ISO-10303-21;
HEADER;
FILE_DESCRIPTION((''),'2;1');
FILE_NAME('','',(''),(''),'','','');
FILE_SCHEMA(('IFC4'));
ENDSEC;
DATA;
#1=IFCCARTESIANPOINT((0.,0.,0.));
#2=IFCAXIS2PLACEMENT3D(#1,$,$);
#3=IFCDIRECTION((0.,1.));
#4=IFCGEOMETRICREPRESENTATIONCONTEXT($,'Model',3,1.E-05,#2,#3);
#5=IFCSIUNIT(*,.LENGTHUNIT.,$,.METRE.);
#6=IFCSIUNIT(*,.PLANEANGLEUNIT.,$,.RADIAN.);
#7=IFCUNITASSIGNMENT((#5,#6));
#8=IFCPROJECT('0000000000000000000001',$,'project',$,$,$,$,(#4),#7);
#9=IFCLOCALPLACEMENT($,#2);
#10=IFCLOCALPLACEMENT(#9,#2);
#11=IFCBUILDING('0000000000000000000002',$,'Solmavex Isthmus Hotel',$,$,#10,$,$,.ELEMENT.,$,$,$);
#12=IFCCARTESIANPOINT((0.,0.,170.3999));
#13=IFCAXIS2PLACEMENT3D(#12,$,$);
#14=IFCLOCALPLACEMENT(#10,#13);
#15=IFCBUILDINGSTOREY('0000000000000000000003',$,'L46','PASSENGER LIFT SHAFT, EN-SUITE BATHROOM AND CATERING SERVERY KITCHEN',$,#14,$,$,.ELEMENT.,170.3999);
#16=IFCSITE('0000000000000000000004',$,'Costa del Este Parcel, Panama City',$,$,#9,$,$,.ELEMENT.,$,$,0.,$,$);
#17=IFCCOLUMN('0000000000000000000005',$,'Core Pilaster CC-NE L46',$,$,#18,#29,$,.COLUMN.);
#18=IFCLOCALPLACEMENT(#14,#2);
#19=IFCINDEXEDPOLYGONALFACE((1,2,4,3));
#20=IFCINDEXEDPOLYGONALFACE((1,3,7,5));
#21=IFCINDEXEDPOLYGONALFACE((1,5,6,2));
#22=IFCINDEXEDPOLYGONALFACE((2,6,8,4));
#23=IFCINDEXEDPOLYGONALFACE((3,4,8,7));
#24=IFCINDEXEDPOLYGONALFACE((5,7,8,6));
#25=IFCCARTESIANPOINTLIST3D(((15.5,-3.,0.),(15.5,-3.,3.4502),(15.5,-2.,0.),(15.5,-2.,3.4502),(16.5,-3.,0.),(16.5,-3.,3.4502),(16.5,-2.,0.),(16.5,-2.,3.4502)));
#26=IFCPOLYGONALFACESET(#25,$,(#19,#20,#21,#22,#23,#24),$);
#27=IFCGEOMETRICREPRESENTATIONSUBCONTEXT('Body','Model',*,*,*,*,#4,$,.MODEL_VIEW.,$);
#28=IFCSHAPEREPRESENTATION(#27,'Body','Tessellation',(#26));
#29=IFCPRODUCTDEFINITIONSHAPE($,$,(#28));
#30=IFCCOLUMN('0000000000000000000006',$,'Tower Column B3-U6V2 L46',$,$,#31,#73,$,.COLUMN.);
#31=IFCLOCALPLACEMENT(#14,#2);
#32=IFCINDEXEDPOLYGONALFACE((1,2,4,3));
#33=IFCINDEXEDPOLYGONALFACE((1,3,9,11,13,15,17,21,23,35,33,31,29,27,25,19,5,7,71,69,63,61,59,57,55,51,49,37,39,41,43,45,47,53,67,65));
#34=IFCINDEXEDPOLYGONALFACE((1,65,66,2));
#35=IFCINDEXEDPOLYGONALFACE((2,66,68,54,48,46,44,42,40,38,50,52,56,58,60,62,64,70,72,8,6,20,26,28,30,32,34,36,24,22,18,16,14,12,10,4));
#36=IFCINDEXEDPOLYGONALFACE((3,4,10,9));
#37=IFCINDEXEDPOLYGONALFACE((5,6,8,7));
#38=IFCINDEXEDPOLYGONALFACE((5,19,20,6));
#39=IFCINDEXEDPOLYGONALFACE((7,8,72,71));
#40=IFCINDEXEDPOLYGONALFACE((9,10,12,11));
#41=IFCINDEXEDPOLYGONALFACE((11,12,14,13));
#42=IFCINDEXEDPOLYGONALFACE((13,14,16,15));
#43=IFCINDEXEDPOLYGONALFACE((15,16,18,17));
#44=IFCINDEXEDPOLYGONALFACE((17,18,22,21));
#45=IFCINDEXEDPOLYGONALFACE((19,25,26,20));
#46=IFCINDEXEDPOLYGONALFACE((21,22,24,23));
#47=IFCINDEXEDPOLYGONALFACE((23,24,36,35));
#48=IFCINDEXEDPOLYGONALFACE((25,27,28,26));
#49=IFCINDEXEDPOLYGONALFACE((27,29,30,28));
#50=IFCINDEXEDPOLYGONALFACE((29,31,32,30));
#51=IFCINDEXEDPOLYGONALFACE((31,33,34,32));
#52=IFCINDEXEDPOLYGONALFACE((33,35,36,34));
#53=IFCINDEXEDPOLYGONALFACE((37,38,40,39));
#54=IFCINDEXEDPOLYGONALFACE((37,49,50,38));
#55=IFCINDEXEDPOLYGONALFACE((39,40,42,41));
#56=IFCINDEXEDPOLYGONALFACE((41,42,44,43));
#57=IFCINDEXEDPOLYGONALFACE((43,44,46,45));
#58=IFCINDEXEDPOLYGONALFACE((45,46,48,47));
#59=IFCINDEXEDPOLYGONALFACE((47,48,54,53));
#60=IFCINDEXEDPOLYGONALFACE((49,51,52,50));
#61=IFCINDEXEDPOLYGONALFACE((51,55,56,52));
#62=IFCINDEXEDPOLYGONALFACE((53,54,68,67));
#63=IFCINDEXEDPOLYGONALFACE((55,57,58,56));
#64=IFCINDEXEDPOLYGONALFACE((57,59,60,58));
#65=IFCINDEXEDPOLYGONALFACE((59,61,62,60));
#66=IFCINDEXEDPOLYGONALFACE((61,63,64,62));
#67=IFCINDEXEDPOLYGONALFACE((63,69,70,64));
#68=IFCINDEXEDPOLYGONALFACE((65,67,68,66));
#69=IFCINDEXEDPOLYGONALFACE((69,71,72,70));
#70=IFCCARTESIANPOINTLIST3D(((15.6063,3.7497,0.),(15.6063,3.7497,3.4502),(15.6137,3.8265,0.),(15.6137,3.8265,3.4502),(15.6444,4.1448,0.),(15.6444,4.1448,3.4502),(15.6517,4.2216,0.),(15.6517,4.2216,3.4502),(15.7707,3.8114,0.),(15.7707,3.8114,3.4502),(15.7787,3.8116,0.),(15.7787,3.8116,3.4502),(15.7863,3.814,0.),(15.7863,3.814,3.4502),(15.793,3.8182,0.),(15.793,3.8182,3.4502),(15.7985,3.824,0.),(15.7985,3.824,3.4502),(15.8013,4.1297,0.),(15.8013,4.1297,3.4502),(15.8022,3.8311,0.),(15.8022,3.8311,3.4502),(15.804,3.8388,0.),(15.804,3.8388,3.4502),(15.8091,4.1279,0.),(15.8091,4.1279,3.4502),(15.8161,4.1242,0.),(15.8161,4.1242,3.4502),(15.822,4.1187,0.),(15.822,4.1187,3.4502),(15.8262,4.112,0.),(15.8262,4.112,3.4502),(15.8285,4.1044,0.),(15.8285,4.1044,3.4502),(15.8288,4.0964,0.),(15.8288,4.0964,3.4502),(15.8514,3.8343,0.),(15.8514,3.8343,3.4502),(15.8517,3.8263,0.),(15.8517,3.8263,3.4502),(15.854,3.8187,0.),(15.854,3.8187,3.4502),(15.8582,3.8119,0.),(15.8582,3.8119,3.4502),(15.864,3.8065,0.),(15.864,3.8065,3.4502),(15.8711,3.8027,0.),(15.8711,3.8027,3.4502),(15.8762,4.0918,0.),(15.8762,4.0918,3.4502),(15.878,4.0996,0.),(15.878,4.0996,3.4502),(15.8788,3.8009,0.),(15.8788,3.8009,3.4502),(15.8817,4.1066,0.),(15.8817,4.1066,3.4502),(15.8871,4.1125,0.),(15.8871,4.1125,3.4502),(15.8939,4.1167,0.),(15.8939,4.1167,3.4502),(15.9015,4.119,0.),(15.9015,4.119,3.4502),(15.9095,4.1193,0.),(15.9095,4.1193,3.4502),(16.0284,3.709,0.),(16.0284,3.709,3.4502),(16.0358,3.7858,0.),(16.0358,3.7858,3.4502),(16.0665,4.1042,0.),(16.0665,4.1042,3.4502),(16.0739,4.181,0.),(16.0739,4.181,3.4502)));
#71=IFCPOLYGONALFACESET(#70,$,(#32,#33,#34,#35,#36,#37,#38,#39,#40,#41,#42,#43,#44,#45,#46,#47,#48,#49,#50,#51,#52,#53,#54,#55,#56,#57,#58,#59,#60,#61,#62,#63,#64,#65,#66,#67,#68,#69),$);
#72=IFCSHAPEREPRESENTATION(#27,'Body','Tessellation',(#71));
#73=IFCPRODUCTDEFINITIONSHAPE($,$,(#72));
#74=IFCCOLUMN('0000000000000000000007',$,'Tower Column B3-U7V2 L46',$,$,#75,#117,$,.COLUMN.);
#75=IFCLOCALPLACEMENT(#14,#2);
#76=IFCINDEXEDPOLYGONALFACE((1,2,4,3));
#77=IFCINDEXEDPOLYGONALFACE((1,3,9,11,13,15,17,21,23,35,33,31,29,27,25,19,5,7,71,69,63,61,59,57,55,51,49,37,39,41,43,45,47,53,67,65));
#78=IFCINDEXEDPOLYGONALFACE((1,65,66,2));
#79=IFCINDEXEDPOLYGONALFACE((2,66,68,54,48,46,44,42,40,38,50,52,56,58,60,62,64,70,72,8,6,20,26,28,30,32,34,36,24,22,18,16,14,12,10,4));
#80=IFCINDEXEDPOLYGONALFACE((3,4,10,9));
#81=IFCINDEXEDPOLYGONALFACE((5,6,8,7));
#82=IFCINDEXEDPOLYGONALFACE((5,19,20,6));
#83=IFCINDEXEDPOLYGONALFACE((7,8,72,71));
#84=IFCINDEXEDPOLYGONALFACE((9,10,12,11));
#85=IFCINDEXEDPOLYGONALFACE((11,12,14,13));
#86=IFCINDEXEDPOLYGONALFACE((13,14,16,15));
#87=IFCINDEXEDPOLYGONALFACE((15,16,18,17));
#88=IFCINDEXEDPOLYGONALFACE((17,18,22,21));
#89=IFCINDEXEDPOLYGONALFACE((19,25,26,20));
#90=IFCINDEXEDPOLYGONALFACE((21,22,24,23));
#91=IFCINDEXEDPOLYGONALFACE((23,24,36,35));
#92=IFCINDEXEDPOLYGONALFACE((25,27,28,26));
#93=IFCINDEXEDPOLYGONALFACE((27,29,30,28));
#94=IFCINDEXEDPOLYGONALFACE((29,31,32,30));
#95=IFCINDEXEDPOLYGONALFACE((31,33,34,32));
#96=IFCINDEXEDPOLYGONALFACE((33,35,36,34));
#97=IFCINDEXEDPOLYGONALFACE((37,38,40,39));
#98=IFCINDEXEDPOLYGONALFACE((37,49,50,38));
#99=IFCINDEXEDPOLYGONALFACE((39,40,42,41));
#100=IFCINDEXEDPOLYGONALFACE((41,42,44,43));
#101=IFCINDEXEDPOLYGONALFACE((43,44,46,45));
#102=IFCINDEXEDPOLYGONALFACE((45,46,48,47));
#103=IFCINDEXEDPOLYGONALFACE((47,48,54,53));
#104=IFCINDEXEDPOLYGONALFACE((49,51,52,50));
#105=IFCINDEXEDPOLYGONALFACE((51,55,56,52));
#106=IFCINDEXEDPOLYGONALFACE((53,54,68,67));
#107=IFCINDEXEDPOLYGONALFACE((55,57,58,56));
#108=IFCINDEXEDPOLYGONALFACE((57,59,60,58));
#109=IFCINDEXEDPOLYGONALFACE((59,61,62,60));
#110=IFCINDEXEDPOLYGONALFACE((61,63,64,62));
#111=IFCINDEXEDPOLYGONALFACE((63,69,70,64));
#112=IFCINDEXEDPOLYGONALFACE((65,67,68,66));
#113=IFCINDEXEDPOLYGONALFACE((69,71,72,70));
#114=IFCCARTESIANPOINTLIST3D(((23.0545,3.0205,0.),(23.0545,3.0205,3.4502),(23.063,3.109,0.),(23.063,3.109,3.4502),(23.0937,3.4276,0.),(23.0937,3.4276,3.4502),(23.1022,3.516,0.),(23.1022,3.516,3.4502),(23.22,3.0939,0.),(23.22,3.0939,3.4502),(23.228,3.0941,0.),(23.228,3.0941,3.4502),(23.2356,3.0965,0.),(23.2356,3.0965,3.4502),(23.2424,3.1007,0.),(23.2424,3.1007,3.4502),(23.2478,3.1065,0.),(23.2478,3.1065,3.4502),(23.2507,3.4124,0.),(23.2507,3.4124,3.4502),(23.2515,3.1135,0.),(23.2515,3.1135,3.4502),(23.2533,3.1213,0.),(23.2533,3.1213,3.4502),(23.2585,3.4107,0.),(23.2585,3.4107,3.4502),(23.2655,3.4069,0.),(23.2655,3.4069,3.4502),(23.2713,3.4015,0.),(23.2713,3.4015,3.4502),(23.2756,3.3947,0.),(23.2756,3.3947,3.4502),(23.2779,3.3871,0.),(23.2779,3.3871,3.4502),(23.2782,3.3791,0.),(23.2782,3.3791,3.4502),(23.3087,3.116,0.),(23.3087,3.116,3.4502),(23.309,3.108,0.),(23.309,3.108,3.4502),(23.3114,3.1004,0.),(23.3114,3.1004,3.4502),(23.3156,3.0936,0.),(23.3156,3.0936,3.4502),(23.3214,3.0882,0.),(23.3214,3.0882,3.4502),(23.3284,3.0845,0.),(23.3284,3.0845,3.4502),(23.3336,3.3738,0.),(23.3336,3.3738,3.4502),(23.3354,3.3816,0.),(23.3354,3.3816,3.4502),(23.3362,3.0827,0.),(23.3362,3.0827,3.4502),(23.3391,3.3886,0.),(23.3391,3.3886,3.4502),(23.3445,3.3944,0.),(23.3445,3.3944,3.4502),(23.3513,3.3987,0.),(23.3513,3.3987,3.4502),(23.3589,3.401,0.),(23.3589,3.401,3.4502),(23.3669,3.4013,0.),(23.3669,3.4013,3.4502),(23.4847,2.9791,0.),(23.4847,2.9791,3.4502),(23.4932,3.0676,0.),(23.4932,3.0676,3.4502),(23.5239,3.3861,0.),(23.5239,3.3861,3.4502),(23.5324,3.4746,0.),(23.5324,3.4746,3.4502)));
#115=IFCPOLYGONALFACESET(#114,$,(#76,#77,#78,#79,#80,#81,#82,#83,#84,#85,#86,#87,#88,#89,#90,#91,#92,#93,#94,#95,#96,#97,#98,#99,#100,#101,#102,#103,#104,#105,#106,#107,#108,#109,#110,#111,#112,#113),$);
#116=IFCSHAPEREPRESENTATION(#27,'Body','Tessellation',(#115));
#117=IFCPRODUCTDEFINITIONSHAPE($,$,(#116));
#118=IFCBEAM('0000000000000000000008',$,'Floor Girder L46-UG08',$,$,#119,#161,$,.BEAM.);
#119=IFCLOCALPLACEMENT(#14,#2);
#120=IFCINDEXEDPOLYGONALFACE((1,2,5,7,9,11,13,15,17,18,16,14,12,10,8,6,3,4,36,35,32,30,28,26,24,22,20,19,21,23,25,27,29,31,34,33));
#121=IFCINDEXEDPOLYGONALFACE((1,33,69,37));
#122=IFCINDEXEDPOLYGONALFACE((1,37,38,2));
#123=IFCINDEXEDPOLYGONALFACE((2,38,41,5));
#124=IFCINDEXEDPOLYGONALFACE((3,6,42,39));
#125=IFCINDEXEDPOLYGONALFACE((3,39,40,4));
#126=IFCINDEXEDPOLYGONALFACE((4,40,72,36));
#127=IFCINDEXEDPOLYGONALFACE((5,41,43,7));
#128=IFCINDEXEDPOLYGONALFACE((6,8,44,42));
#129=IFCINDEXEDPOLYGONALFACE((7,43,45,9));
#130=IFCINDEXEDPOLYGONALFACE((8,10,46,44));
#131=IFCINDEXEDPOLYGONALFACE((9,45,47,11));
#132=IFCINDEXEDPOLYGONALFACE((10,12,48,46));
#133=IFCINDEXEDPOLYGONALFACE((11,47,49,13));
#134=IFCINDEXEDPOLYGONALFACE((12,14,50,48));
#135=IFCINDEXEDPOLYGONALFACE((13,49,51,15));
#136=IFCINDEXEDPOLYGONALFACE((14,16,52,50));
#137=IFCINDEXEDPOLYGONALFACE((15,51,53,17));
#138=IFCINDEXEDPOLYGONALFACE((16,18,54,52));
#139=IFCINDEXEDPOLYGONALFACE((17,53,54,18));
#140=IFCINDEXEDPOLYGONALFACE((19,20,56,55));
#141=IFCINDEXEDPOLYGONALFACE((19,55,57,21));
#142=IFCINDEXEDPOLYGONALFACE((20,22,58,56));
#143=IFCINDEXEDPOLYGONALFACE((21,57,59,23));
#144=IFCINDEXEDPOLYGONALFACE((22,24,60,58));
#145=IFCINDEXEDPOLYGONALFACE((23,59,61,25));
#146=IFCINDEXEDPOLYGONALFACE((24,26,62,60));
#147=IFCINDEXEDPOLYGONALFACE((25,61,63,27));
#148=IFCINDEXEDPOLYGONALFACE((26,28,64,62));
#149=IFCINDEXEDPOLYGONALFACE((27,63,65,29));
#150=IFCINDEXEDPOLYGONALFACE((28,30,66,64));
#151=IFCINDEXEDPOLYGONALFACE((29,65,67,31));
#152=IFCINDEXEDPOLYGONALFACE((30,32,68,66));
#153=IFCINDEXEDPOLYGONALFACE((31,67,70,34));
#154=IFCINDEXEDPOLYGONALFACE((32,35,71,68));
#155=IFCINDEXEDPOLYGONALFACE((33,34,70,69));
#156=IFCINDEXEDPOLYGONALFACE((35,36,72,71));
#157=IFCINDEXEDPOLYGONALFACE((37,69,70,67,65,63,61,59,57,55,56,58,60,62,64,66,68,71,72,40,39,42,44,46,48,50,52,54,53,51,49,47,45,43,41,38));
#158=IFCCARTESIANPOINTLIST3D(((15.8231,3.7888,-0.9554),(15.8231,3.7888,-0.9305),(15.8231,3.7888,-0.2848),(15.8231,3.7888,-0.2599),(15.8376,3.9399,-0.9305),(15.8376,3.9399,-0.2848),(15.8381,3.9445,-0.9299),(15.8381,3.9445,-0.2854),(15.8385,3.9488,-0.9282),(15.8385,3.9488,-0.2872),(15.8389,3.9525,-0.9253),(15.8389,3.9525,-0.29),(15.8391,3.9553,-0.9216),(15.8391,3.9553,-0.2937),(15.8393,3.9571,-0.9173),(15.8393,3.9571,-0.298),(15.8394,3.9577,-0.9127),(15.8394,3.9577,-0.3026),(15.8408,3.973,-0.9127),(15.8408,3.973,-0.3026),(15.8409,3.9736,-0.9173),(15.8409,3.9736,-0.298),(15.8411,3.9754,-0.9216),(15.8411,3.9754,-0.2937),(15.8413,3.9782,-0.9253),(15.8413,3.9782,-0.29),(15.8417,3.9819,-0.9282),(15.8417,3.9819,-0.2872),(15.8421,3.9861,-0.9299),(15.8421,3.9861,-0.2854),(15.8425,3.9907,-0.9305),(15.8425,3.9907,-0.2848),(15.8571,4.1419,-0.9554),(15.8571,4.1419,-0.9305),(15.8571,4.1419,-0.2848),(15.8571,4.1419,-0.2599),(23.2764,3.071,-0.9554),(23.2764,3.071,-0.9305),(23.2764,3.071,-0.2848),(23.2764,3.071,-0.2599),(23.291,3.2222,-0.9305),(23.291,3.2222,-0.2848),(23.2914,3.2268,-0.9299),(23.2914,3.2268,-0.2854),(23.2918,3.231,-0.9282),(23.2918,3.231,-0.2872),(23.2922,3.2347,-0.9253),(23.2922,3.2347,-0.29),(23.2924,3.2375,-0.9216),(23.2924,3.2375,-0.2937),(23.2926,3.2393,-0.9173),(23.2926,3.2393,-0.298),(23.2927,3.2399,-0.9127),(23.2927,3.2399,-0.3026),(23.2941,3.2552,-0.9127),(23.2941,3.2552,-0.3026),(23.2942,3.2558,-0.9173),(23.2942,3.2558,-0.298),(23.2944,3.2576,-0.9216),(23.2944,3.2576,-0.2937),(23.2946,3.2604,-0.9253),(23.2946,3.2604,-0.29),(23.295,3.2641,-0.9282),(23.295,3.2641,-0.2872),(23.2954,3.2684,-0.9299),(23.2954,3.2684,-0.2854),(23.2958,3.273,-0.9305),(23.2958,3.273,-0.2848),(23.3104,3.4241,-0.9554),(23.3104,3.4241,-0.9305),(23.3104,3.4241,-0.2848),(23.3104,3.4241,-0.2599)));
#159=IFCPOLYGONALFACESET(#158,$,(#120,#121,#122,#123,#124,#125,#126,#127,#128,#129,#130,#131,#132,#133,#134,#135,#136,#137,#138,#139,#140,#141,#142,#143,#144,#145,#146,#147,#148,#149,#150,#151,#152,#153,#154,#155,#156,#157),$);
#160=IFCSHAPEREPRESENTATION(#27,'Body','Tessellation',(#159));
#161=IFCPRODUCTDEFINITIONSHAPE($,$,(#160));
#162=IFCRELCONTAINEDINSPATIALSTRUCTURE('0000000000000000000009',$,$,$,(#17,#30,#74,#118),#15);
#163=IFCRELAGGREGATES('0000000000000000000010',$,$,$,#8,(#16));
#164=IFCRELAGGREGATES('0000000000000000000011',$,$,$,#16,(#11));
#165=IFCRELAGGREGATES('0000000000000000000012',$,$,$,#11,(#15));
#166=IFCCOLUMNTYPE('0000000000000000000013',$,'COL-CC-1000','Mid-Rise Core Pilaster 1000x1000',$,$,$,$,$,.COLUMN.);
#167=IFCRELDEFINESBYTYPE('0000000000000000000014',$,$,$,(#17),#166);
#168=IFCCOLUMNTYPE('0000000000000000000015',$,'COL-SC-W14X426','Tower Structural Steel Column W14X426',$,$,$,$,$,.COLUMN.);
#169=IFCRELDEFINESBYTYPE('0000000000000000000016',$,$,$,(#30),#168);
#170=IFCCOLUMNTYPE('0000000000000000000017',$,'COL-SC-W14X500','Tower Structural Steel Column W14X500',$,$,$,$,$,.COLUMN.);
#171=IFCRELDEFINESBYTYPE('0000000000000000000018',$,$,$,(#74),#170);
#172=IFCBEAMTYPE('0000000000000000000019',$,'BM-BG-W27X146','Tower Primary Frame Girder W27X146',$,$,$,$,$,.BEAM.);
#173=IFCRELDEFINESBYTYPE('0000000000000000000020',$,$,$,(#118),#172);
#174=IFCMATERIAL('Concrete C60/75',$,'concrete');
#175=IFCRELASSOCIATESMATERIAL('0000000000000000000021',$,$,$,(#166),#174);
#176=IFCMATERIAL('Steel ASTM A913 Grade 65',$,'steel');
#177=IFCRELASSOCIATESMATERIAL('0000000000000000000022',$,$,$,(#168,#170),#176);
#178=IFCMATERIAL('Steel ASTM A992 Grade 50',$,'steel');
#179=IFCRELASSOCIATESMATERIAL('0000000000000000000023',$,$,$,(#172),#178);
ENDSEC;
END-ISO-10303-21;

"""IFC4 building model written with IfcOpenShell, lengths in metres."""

from ifc_helpers import new_model, si_unit, direction, frame, origin, origin_2d, place, context, subcontext, project, spatial, rectangle, i_section, extrude, material, material_profile, profile_set, type_object, element, save


model = new_model("IFC4")

# Units and contexts
model_context = context("Model", 3, precision=1e-05, world=origin(), true_north=direction((0.0, 1.0)))
body_context = subcontext(model_context, "Body", "Model", "MODEL_VIEW")
ifc_project = project(units=[si_unit("LENGTHUNIT", "METRE"), si_unit("PLANEANGLEUNIT", "RADIAN")], contexts=[model_context])

# Site, building, storey
site_placement = place(None, origin())
site = spatial("IfcSite", under=ifc_project, at=site_placement, Name="Costa del Este Parcel, Panama City", CompositionType="ELEMENT", RefElevation=0.0)
building_placement = place(site_placement, origin())
building = spatial("IfcBuilding", under=site, at=building_placement, Name="Solmavex Isthmus Hotel", CompositionType="ELEMENT")
storey_placement = place(building_placement, frame((0.0, 0.0, 170.3999)))
storey = spatial("IfcBuildingStorey", under=building, at=storey_placement, Name="L46", Description="PASSENGER LIFT SHAFT, EN-SUITE BATHROOM AND CATERING SERVERY KITCHEN", CompositionType="ELEMENT", Elevation=170.3999)

# Columns
ifc_material_1 = material(Name="Concrete C60/75", Category="concrete")
ifc_material_profile_1 = material_profile(ifc_material_1, rectangle(XDim=1.0, YDim=1.0, at=origin_2d()), Name="RC1000X1000")
ifc_profile_set_1 = profile_set([ifc_material_profile_1], Name="Concrete C60/75")
column_type_1 = type_object("IfcColumnType", Name="COL-CC-1000", Description="Mid-Rise Core Pilaster 1000x1000", PredefinedType="COLUMN", material=ifc_profile_set_1)
column_1_placement = place(storey_placement, frame((16.0, -2.5, 0.0), z_axis=(0.0, 0.0, 1.0), x_axis=(1.0, 0.0, 0.0)))
element("IfcColumn", 1, at=column_1_placement, inside=storey, type_object=column_type_1, Name="Core Pilaster CC-NE L46", PredefinedType="COLUMN", context=body_context, shape_type="SweptSolid", body=[
    extrude(rectangle(XDim=1.0, YDim=1.0, at=origin_2d()), origin(), (0.0, 0.0, 1.0), 3.4502),
])
ifc_material_2 = material(Name="Steel ASTM A913 Grade 65", Category="steel")
ifc_material_profile_2 = material_profile(ifc_material_2, i_section(OverallWidth=0.4241, OverallDepth=0.4741, WebThickness=0.0476, FlangeThickness=0.0771, FilletRadius=0.0305, at=origin_2d()), Name="W14X426")
ifc_profile_set_2 = profile_set([ifc_material_profile_2], Name="Steel ASTM A913 Grade 65")
column_type_2 = type_object("IfcColumnType", Name="COL-SC-W14X426", Description="Tower Structural Steel Column W14X426", PredefinedType="COLUMN", material=ifc_profile_set_2)
column_2_placement = place(storey_placement, frame((15.8401, 3.9653, 0.0), z_axis=(0.0, 0.0, 1.0), x_axis=(0.995396, -0.095846, 0.0)))
element("IfcColumn", 2, at=column_2_placement, inside=storey, type_object=column_type_2, Name="Tower Column B3-U6V2 L46", PredefinedType="COLUMN", context=body_context, shape_type="SweptSolid", body=[
    extrude(i_section(OverallWidth=0.4241, OverallDepth=0.4741, WebThickness=0.0476, FlangeThickness=0.0771, FilletRadius=0.0305, at=origin_2d()), origin(), (0.0, 0.0, 1.0), 3.4502),
])
ifc_material_profile_3 = material_profile(ifc_material_2, i_section(OverallWidth=0.4321, OverallDepth=0.4978, WebThickness=0.0557, FlangeThickness=0.0889, FilletRadius=0.0305, at=origin_2d()), Name="W14X500")
ifc_profile_set_3 = profile_set([ifc_material_profile_3], Name="Steel ASTM A913 Grade 65")
column_type_3 = type_object("IfcColumnType", Name="COL-SC-W14X500", Description="Tower Structural Steel Column W14X500", PredefinedType="COLUMN", material=ifc_profile_set_3)
column_3_placement = place(storey_placement, frame((23.2935, 3.2476, 0.0), z_axis=(0.0, 0.0, 1.0), x_axis=(0.995396, -0.095846, 0.0)))
element("IfcColumn", 3, at=column_3_placement, inside=storey, type_object=column_type_3, Name="Tower Column B3-U7V2 L46", PredefinedType="COLUMN", context=body_context, shape_type="SweptSolid", body=[
    extrude(i_section(OverallWidth=0.4321, OverallDepth=0.4978, WebThickness=0.0557, FlangeThickness=0.0889, FilletRadius=0.0305, at=origin_2d()), origin(), (0.0, 0.0, 1.0), 3.4502),
])

# Beam
ifc_material_3 = material(Name="Steel ASTM A992 Grade 50", Category="steel")
ifc_material_profile_4 = material_profile(ifc_material_3, i_section(OverallWidth=0.3547, OverallDepth=0.6956, WebThickness=0.0154, FlangeThickness=0.0249, FilletRadius=0.0178, at=origin_2d()), Name="W27X146")
ifc_profile_set_4 = profile_set([ifc_material_profile_4], Name="Steel ASTM A992 Grade 50")
beam_type_1 = type_object("IfcBeamType", Name="BM-BG-W27X146", Description="Tower Primary Frame Girder W27X146", PredefinedType="BEAM", material=ifc_profile_set_4)
beam_1_placement = place(storey_placement, frame((15.8401, 3.9653, -0.6077), z_axis=(0.995395, -0.095858, 0.0), x_axis=(0.095858, 0.995395, 0.0)))
element("IfcBeam", 4, at=beam_1_placement, inside=storey, type_object=beam_type_1, Name="Floor Girder L46-UG08", PredefinedType="BEAM", context=body_context, shape_type="SweptSolid", body=[
    extrude(i_section(OverallWidth=0.3547, OverallDepth=0.6956, WebThickness=0.0154, FlangeThickness=0.0249, FilletRadius=0.0178, at=origin_2d()), origin(), (0.0, 0.0, 1.0), 7.4878),
])

save(model, "model.ifc")
